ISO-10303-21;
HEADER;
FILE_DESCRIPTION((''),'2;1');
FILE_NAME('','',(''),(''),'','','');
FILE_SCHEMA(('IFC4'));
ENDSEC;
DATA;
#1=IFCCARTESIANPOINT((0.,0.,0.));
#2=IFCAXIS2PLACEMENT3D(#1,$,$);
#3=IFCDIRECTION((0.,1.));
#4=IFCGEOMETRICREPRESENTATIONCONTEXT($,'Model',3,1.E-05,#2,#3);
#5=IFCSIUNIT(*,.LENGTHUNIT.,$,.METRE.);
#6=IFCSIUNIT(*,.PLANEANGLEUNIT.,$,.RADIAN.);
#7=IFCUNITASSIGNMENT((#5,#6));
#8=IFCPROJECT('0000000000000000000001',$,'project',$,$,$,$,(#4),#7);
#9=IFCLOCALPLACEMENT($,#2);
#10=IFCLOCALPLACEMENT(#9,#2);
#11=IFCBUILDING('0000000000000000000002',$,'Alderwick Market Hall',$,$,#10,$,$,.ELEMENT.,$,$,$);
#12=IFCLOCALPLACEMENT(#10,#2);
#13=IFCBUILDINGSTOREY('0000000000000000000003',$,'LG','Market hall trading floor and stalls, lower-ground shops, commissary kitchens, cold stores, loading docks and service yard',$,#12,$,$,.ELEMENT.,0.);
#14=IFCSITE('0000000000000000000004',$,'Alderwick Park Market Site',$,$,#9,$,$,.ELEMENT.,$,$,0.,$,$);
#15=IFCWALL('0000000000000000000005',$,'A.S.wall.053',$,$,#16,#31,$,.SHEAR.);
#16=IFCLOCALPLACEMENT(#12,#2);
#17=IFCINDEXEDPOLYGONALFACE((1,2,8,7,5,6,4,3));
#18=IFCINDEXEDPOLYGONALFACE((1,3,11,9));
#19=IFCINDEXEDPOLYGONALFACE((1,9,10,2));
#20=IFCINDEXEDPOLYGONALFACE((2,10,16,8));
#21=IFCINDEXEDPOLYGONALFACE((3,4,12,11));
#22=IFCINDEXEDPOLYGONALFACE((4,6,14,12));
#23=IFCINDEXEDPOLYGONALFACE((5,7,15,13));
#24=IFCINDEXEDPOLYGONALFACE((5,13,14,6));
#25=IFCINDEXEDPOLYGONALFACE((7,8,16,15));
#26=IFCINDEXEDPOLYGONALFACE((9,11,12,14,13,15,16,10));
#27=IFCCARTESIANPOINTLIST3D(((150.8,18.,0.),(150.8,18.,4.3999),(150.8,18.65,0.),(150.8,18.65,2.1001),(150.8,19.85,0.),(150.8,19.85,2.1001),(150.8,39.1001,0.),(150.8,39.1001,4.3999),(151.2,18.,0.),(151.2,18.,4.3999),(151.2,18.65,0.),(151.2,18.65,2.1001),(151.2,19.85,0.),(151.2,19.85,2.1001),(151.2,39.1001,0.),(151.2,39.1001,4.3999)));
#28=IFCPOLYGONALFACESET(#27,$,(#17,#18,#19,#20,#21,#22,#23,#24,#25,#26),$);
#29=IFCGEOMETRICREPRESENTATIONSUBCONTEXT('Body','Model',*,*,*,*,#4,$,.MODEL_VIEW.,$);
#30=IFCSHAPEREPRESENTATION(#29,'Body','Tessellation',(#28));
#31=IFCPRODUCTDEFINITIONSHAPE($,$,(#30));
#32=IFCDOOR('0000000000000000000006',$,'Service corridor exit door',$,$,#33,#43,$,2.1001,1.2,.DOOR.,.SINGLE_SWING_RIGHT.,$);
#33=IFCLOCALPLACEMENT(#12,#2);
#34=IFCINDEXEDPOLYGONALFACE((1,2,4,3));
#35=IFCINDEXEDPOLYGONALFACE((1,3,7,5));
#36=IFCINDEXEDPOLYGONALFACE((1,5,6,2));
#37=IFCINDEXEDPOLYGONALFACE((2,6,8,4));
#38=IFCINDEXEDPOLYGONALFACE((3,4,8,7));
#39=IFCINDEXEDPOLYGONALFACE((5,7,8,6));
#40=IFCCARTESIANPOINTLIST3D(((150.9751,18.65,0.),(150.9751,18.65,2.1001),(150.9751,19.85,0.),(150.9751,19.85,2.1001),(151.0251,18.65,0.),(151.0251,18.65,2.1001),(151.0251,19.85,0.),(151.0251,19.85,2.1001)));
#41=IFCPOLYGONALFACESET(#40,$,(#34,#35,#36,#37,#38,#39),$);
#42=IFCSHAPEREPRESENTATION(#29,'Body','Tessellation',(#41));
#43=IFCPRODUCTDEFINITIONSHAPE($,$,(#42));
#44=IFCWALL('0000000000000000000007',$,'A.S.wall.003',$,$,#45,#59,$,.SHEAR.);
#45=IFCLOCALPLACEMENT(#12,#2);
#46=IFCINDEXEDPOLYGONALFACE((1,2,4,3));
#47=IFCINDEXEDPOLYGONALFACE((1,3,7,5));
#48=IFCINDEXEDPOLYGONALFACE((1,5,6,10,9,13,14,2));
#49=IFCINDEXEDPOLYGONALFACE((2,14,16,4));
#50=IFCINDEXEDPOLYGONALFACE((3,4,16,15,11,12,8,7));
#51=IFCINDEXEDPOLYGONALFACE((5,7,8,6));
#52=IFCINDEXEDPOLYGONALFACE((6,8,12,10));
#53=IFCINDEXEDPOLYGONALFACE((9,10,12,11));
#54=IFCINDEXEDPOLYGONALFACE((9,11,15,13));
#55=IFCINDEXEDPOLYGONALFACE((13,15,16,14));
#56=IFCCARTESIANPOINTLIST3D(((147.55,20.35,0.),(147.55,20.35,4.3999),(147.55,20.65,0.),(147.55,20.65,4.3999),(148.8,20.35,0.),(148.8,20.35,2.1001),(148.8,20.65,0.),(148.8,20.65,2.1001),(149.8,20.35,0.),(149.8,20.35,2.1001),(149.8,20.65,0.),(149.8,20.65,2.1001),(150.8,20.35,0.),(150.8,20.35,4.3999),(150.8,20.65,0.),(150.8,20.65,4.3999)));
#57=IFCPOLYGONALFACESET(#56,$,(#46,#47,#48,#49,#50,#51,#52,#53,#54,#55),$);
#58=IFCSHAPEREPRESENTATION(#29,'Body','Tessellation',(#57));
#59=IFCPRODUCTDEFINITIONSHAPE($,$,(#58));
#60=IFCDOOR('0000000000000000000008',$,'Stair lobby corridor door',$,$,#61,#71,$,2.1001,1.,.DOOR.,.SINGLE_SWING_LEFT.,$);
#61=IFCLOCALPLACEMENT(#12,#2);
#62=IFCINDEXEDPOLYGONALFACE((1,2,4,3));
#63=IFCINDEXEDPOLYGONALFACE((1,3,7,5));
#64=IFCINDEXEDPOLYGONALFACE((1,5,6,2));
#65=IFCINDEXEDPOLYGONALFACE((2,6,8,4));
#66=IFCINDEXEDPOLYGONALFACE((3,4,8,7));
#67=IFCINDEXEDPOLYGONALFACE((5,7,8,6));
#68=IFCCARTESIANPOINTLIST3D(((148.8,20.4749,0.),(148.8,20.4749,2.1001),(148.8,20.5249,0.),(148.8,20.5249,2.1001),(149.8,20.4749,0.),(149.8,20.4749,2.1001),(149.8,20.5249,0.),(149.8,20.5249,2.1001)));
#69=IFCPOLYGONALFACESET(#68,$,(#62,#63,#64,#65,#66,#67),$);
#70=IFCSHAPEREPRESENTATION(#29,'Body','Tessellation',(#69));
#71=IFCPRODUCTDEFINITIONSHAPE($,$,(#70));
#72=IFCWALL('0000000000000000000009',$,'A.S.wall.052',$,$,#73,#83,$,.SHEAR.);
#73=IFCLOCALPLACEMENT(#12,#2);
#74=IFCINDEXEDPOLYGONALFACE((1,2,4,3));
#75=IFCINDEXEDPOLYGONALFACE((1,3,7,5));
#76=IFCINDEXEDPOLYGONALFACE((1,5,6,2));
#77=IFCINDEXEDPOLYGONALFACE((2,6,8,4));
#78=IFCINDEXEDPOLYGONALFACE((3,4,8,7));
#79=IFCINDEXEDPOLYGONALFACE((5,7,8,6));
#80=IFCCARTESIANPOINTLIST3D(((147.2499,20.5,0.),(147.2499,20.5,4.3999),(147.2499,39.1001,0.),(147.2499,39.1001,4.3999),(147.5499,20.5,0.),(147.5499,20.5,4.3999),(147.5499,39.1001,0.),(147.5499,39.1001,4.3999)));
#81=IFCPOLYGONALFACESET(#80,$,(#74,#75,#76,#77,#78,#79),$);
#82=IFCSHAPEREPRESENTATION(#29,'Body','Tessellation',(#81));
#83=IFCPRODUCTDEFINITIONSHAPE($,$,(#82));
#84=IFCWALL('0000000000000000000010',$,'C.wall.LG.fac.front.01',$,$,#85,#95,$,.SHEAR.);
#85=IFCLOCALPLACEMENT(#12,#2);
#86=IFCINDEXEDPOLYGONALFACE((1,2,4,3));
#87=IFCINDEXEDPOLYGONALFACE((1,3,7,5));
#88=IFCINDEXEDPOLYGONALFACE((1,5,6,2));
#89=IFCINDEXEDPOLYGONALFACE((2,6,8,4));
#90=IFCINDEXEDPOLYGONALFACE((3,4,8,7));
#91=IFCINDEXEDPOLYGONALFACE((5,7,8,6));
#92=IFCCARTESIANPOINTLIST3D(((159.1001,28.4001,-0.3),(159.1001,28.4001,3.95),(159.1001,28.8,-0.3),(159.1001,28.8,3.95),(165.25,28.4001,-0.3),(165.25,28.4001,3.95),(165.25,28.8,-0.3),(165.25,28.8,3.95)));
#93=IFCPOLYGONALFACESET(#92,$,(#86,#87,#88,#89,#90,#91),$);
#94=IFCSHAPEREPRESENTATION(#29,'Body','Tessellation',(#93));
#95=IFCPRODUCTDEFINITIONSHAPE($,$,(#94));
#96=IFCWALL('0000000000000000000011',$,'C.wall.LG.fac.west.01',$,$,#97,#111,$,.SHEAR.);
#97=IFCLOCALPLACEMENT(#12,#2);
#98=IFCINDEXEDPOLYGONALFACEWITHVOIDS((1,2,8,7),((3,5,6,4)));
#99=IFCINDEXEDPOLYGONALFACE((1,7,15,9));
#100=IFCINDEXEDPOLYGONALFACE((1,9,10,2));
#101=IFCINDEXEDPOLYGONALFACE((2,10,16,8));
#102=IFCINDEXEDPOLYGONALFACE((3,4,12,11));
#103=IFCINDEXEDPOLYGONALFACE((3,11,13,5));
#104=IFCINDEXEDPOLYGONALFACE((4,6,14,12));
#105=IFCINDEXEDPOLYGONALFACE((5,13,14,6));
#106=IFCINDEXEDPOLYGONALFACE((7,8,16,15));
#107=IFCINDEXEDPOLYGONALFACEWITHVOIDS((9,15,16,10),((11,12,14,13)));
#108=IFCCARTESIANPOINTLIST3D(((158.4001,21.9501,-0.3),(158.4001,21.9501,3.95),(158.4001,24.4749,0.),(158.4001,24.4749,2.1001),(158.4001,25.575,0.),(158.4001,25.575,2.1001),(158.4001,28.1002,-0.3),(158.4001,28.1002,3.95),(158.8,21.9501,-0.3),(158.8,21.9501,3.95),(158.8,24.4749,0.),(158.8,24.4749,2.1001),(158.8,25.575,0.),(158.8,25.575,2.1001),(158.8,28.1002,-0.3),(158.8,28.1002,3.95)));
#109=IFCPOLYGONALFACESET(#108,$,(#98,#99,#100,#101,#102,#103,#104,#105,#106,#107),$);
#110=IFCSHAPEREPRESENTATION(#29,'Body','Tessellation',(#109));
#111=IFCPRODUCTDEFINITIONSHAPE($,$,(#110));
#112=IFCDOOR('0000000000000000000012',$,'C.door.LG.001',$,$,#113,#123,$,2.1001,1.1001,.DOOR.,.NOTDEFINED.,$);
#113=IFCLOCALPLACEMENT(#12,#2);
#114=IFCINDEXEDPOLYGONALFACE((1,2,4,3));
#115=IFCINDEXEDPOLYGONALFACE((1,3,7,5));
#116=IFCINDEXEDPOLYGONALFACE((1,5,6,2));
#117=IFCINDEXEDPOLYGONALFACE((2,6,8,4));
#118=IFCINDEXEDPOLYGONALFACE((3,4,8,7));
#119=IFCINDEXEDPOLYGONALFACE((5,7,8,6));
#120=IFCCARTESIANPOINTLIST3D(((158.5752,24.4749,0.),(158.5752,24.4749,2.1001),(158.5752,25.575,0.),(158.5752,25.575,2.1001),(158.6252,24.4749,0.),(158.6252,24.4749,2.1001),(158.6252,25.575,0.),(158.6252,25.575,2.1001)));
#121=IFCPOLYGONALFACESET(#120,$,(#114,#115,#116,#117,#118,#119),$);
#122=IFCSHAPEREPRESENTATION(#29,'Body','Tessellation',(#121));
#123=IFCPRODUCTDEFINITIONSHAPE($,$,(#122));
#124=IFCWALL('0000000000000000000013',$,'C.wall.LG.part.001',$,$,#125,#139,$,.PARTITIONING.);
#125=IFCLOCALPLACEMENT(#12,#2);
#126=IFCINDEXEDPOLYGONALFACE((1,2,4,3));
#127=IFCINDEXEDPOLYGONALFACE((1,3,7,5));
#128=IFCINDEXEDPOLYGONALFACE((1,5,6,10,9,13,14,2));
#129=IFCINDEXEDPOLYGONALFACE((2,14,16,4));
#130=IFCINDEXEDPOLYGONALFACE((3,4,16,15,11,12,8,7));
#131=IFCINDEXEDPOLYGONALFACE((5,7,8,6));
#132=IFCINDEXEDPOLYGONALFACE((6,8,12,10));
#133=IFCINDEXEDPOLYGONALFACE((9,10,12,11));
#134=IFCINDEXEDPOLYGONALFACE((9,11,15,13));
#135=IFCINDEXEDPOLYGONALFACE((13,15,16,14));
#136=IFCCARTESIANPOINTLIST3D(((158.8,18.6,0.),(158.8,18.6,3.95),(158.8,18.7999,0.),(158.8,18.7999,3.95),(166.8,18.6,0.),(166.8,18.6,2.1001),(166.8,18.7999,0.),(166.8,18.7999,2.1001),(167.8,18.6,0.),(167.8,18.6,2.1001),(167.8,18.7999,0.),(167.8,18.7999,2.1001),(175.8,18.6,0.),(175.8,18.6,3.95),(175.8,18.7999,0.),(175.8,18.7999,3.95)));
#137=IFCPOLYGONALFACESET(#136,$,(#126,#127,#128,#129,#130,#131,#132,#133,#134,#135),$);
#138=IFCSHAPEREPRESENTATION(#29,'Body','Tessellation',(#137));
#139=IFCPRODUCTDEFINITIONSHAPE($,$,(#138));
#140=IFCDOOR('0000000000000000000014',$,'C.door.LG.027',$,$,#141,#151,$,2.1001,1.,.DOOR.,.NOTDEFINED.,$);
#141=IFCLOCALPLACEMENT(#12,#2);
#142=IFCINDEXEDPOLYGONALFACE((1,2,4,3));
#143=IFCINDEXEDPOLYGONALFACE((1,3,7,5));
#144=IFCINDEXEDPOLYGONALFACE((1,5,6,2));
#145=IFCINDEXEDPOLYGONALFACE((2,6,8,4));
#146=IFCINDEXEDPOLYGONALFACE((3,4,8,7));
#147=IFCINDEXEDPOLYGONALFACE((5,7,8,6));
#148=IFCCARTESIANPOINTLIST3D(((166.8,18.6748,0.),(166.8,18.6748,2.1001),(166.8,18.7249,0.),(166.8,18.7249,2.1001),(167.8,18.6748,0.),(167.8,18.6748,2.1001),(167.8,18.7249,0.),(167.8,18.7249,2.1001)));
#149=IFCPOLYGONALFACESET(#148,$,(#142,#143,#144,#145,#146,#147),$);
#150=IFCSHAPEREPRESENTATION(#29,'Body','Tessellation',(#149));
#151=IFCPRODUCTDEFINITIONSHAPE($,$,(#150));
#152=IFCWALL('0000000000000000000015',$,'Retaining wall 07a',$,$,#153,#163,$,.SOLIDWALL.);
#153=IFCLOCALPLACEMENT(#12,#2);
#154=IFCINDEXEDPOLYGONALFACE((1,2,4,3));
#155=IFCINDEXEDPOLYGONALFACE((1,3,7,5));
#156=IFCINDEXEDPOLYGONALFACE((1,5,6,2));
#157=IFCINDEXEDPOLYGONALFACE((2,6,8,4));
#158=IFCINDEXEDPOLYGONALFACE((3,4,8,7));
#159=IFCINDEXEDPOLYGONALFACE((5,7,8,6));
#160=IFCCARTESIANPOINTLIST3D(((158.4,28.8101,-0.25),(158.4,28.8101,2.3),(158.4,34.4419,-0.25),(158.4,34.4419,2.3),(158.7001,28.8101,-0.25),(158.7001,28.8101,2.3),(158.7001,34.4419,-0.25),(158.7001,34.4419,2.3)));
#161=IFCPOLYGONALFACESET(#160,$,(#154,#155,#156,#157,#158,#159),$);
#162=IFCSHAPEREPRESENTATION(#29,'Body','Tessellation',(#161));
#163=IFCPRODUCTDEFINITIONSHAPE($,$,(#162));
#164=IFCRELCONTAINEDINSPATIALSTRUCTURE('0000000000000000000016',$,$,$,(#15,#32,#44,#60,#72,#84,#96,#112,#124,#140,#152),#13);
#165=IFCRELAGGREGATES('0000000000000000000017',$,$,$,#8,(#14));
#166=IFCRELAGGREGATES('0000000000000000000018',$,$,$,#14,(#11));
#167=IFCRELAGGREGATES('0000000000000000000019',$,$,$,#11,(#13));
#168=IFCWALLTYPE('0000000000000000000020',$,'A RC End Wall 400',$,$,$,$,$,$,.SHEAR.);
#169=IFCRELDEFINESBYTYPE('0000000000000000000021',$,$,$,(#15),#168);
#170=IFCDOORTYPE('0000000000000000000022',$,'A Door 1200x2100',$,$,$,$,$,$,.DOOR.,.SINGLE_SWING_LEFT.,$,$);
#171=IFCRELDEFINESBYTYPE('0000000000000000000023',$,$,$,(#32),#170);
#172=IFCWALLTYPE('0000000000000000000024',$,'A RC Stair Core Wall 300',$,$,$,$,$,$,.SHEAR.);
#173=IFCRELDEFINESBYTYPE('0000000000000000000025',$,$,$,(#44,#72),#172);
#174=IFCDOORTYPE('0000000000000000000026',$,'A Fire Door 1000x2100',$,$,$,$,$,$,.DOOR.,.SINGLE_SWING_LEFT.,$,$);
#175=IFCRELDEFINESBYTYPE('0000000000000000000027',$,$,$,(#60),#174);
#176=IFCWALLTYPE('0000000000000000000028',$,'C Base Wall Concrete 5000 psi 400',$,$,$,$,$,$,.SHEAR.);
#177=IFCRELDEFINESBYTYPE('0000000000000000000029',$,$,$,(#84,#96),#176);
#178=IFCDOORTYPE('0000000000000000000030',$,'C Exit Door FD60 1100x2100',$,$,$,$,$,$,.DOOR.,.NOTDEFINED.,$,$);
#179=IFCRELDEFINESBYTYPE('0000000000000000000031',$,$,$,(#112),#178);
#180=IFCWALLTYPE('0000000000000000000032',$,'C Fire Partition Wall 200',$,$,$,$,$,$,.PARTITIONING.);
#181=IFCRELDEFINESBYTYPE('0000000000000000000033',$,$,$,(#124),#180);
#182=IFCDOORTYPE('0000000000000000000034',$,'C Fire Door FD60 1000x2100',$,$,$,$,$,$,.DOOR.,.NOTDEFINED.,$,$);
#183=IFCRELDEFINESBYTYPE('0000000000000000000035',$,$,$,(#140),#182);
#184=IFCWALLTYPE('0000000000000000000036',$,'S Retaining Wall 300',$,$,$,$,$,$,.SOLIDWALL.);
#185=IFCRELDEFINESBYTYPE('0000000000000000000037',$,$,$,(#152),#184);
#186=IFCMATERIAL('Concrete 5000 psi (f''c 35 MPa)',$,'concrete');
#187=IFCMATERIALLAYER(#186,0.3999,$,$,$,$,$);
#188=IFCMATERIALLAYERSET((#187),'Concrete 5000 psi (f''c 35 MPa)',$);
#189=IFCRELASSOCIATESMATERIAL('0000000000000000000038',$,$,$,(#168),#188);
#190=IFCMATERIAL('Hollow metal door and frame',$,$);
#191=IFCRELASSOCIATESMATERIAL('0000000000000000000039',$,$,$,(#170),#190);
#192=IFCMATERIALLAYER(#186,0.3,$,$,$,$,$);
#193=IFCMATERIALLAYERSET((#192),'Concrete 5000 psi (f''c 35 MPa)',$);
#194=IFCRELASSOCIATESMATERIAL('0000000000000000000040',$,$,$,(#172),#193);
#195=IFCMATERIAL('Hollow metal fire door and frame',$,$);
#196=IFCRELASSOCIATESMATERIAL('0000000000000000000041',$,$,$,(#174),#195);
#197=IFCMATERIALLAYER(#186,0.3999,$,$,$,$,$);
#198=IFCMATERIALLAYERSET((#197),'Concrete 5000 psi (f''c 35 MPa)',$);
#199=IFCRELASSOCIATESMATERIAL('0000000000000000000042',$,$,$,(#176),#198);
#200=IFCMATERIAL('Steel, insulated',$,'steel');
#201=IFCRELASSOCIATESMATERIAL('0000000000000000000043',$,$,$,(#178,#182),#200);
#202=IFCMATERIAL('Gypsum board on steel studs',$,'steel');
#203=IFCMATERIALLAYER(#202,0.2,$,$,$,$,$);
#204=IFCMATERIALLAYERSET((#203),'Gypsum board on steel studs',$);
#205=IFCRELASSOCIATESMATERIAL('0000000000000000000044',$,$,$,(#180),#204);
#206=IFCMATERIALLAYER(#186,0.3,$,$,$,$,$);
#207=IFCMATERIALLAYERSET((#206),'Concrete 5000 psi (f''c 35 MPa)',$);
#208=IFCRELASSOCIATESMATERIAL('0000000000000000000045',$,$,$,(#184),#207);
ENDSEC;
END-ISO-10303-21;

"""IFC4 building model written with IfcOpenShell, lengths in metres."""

from ifc_helpers import new_model, si_unit, direction, frame, frame_2d, origin, place, context, subcontext, project, spatial, rectangle, extrude, material, layer, layer_set, type_object, element, fill, save


model = new_model("IFC4")

# Units and contexts
model_context = context("Model", 3, precision=1e-05, world=origin(), true_north=direction((0.0, 1.0)))
body_context = subcontext(model_context, "Body", "Model", "MODEL_VIEW")
ifc_project = project(units=[si_unit("LENGTHUNIT", "METRE"), si_unit("PLANEANGLEUNIT", "RADIAN")], contexts=[model_context])

# Site, building, storey
site_placement = place(None, origin())
site = spatial("IfcSite", under=ifc_project, at=site_placement, Name="Alderwick Park Market Site", CompositionType="ELEMENT", RefElevation=0.0)
building_placement = place(site_placement, origin())
building = spatial("IfcBuilding", under=site, at=building_placement, Name="Alderwick Market Hall", CompositionType="ELEMENT")
storey_placement = place(building_placement, origin())
storey = spatial("IfcBuildingStorey", under=building, at=storey_placement, Name="LG", Description="Market hall trading floor and stalls, lower-ground shops, commissary kitchens, cold stores, loading docks and service yard", CompositionType="ELEMENT", Elevation=0.0)

# Shared definitions
ifc_material_1 = material(Name="Concrete 5000 psi (f'c 35 MPa)", Category="concrete")

# Walls, openings, doors
ifc_layer_1 = layer(ifc_material_1, 0.3999)
ifc_layer_set_1 = layer_set([ifc_layer_1], Name="Concrete 5000 psi (f'c 35 MPa)")
wall_type_1 = type_object("IfcWallType", Name="A RC End Wall 400", PredefinedType="SHEAR", material=ifc_layer_set_1)
wall_1_placement = place(storey_placement, frame((151.0, 18.0, 0.0), z_axis=(0.0, 0.0, 1.0), x_axis=(0.0, 1.0, 0.0)))
wall_1 = element("IfcWall", 1, at=wall_1_placement, inside=storey, type_object=wall_type_1, Name="A.S.wall.053", PredefinedType="SHEAR", context=body_context, shape_type="SweptSolid", body=[
    extrude(rectangle(XDim=21.1001, YDim=0.3999, at=frame_2d((10.55, 0.0))), origin(), (0.0, 0.0, 1.0), 4.3999),
])
opening_1_placement = place(wall_1_placement, frame((0.6499, 0.0, 0.0)))
opening_1 = element("IfcOpeningElement", 2, at=opening_1_placement, cuts=wall_1, PredefinedType="OPENING", context=body_context, shape_type="SweptSolid", body=[
    extrude(rectangle(XDim=1.2, YDim=2.1001, at=frame_2d((0.6001, 1.05))), frame((0.0, 0.21, 0.0), z_axis=(0.0, -1.0, 0.0), x_axis=(1.0, 0.0, 0.0)), (0.0, 0.0, 1.0), 0.4199),
])
ifc_material_2 = material(Name="Hollow metal door and frame")
door_type_1 = type_object("IfcDoorType", Name="A Door 1200x2100", OperationType="SINGLE_SWING_LEFT", PredefinedType="DOOR", material=ifc_material_2)
door_1_placement = place(opening_1_placement, origin())
door_1 = element("IfcDoor", 3, at=door_1_placement, inside=storey, type_object=door_type_1, Name="Service corridor exit door", OperationType="SINGLE_SWING_RIGHT", OverallHeight=2.1001, OverallWidth=1.2, PredefinedType="DOOR", context=body_context, shape_type="SweptSolid", body=[
    extrude(rectangle(XDim=1.2, YDim=2.1001, at=frame_2d((0.6001, 1.05))), frame((0.0, 0.0249, 0.0), z_axis=(0.0, -1.0, 0.0), x_axis=(1.0, 0.0, 0.0)), (0.0, 0.0, 1.0), 0.05),
])
fill(opening_1, door_1)
ifc_layer_2 = layer(ifc_material_1, 0.3)
ifc_layer_set_2 = layer_set([ifc_layer_2], Name="Concrete 5000 psi (f'c 35 MPa)")
wall_type_2 = type_object("IfcWallType", Name="A RC Stair Core Wall 300", PredefinedType="SHEAR", material=ifc_layer_set_2)
wall_2_placement = place(storey_placement, frame((147.55, 20.5, 0.0), z_axis=(0.0, 0.0, 1.0), x_axis=(1.0, 0.0, 0.0)))
wall_2 = element("IfcWall", 4, at=wall_2_placement, inside=storey, type_object=wall_type_2, Name="A.S.wall.003", PredefinedType="SHEAR", context=body_context, shape_type="SweptSolid", body=[
    extrude(rectangle(XDim=3.25, YDim=0.3, at=frame_2d((1.625, 0.0))), origin(), (0.0, 0.0, 1.0), 4.3999),
])
opening_2_placement = place(wall_2_placement, frame((1.25, 0.0, 0.0)))
opening_2 = element("IfcOpeningElement", 5, at=opening_2_placement, cuts=wall_2, PredefinedType="OPENING", context=body_context, shape_type="SweptSolid", body=[
    extrude(rectangle(XDim=1.0, YDim=2.1001, at=frame_2d((0.5, 1.05))), frame((0.0, 0.1599, 0.0), z_axis=(0.0, -1.0, 0.0), x_axis=(1.0, 0.0, 0.0)), (0.0, 0.0, 1.0), 0.3201),
])
ifc_material_3 = material(Name="Hollow metal fire door and frame")
door_type_2 = type_object("IfcDoorType", Name="A Fire Door 1000x2100", OperationType="SINGLE_SWING_LEFT", PredefinedType="DOOR", material=ifc_material_3)
door_2_placement = place(opening_2_placement, origin())
door_2 = element("IfcDoor", 6, at=door_2_placement, inside=storey, type_object=door_type_2, Name="Stair lobby corridor door", OperationType="SINGLE_SWING_LEFT", OverallHeight=2.1001, OverallWidth=1.0, PredefinedType="DOOR", context=body_context, shape_type="SweptSolid", body=[
    extrude(rectangle(XDim=1.0, YDim=2.1001, at=frame_2d((0.5, 1.05))), frame((0.0, 0.0249, 0.0), z_axis=(0.0, -1.0, 0.0), x_axis=(1.0, 0.0, 0.0)), (0.0, 0.0, 1.0), 0.05),
])
fill(opening_2, door_2)

# Walls
wall_3_placement = place(storey_placement, frame((147.3999, 20.5, 0.0), z_axis=(0.0, 0.0, 1.0), x_axis=(0.0, 1.0, 0.0)))
element("IfcWall", 7, at=wall_3_placement, inside=storey, type_object=wall_type_2, Name="A.S.wall.052", PredefinedType="SHEAR", context=body_context, shape_type="SweptSolid", body=[
    extrude(rectangle(XDim=18.6001, YDim=0.3, at=frame_2d((9.3, 0.0))), origin(), (0.0, 0.0, 1.0), 4.3999),
])
ifc_layer_3 = layer(ifc_material_1, 0.3999)
ifc_layer_set_3 = layer_set([ifc_layer_3], Name="Concrete 5000 psi (f'c 35 MPa)")
wall_type_3 = type_object("IfcWallType", Name="C Base Wall Concrete 5000 psi 400", PredefinedType="SHEAR", material=ifc_layer_set_3)
wall_4_placement = place(storey_placement, frame((159.1001, 28.6001, -0.3), z_axis=(0.0, 0.0, 1.0), x_axis=(1.0, 0.0, 0.0)))
element("IfcWall", 8, at=wall_4_placement, inside=storey, type_object=wall_type_3, Name="C.wall.LG.fac.front.01", PredefinedType="SHEAR", context=body_context, shape_type="SweptSolid", body=[
    extrude(rectangle(XDim=6.1499, YDim=0.3999, at=frame_2d((3.075, 0.0))), origin(), (0.0, 0.0, 1.0), 4.25),
])

# Walls, openings, doors
wall_5_placement = place(storey_placement, frame((158.6001, 21.95, -0.3), z_axis=(0.0, 0.0, 1.0), x_axis=(0.0, 1.0, 0.0)))
wall_5 = element("IfcWall", 9, at=wall_5_placement, inside=storey, type_object=wall_type_3, Name="C.wall.LG.fac.west.01", PredefinedType="SHEAR", context=body_context, shape_type="SweptSolid", body=[
    extrude(rectangle(XDim=6.1501, YDim=0.3999, at=frame_2d((3.0752, 0.0))), origin(), (0.0, 0.0, 1.0), 4.25),
])
opening_3_placement = place(wall_5_placement, frame((2.5249, 0.0, 0.3)))
opening_3 = element("IfcOpeningElement", 10, at=opening_3_placement, cuts=wall_5, PredefinedType="OPENING", context=body_context, shape_type="SweptSolid", body=[
    extrude(rectangle(XDim=1.1001, YDim=2.1001, at=frame_2d((0.55, 1.05))), frame((0.0, 0.21, 0.0), z_axis=(0.0, -1.0, 0.0), x_axis=(1.0, 0.0, 0.0)), (0.0, 0.0, 1.0), 0.4199),
])
ifc_material_4 = material(Name="Steel, insulated", Category="steel")
door_type_3 = type_object("IfcDoorType", Name="C Exit Door FD60 1100x2100", OperationType="NOTDEFINED", PredefinedType="DOOR", material=ifc_material_4)
door_3_placement = place(opening_3_placement, origin())
door_3 = element("IfcDoor", 11, at=door_3_placement, inside=storey, type_object=door_type_3, Name="C.door.LG.001", OperationType="NOTDEFINED", OverallHeight=2.1001, OverallWidth=1.1001, PredefinedType="DOOR", context=body_context, shape_type="SweptSolid", body=[
    extrude(rectangle(XDim=1.1001, YDim=2.1001, at=frame_2d((0.55, 1.05))), frame((0.0, 0.0249, 0.0), z_axis=(0.0, -1.0, 0.0), x_axis=(1.0, 0.0, 0.0)), (0.0, 0.0, 1.0), 0.05),
])
fill(opening_3, door_3)
ifc_material_5 = material(Name="Gypsum board on steel studs", Category="steel")
ifc_layer_4 = layer(ifc_material_5, 0.2)
ifc_layer_set_4 = layer_set([ifc_layer_4], Name="Gypsum board on steel studs")
wall_type_4 = type_object("IfcWallType", Name="C Fire Partition Wall 200", PredefinedType="PARTITIONING", material=ifc_layer_set_4)
wall_6_placement = place(storey_placement, frame((158.8, 18.7, 0.0), z_axis=(0.0, 0.0, 1.0), x_axis=(1.0, 0.0, 0.0)))
wall_6 = element("IfcWall", 12, at=wall_6_placement, inside=storey, type_object=wall_type_4, Name="C.wall.LG.part.001", PredefinedType="PARTITIONING", context=body_context, shape_type="SweptSolid", body=[
    extrude(rectangle(XDim=17.0, YDim=0.2, at=frame_2d((8.5, 0.0))), origin(), (0.0, 0.0, 1.0), 3.95),
])
opening_4_placement = place(wall_6_placement, frame((8.0, 0.0, 0.0)))
opening_4 = element("IfcOpeningElement", 13, at=opening_4_placement, cuts=wall_6, PredefinedType="OPENING", context=body_context, shape_type="SweptSolid", body=[
    extrude(rectangle(XDim=1.0, YDim=2.1001, at=frame_2d((0.5, 1.05))), frame((0.0, 0.1099, 0.0), z_axis=(0.0, -1.0, 0.0), x_axis=(1.0, 0.0, 0.0)), (0.0, 0.0, 1.0), 0.22),
])
door_type_4 = type_object("IfcDoorType", Name="C Fire Door FD60 1000x2100", OperationType="NOTDEFINED", PredefinedType="DOOR", material=ifc_material_4)
door_4_placement = place(opening_4_placement, origin())
door_4 = element("IfcDoor", 14, at=door_4_placement, inside=storey, type_object=door_type_4, Name="C.door.LG.027", OperationType="NOTDEFINED", OverallHeight=2.1001, OverallWidth=1.0, PredefinedType="DOOR", context=body_context, shape_type="SweptSolid", body=[
    extrude(rectangle(XDim=1.0, YDim=2.1001, at=frame_2d((0.5, 1.05))), frame((0.0, 0.0249, 0.0), z_axis=(0.0, -1.0, 0.0), x_axis=(1.0, 0.0, 0.0)), (0.0, 0.0, 1.0), 0.05),
])
fill(opening_4, door_4)

# Wall
ifc_layer_5 = layer(ifc_material_1, 0.3)
ifc_layer_set_5 = layer_set([ifc_layer_5], Name="Concrete 5000 psi (f'c 35 MPa)")
wall_type_5 = type_object("IfcWallType", Name="S Retaining Wall 300", PredefinedType="SOLIDWALL", material=ifc_layer_set_5)
wall_7_placement = place(storey_placement, frame((158.55, 28.8101, -0.25), z_axis=(0.0, 0.0, 1.0), x_axis=(0.0, 1.0, 0.0)))
element("IfcWall", 15, at=wall_7_placement, inside=storey, type_object=wall_type_5, Name="Retaining wall 07a", PredefinedType="SOLIDWALL", context=body_context, shape_type="SweptSolid", body=[
    extrude(rectangle(XDim=5.6318, YDim=0.3, at=frame_2d((2.8159, 0.0))), origin(), (0.0, 0.0, 1.0), 2.55),
])

save(model, "model.ifc")
